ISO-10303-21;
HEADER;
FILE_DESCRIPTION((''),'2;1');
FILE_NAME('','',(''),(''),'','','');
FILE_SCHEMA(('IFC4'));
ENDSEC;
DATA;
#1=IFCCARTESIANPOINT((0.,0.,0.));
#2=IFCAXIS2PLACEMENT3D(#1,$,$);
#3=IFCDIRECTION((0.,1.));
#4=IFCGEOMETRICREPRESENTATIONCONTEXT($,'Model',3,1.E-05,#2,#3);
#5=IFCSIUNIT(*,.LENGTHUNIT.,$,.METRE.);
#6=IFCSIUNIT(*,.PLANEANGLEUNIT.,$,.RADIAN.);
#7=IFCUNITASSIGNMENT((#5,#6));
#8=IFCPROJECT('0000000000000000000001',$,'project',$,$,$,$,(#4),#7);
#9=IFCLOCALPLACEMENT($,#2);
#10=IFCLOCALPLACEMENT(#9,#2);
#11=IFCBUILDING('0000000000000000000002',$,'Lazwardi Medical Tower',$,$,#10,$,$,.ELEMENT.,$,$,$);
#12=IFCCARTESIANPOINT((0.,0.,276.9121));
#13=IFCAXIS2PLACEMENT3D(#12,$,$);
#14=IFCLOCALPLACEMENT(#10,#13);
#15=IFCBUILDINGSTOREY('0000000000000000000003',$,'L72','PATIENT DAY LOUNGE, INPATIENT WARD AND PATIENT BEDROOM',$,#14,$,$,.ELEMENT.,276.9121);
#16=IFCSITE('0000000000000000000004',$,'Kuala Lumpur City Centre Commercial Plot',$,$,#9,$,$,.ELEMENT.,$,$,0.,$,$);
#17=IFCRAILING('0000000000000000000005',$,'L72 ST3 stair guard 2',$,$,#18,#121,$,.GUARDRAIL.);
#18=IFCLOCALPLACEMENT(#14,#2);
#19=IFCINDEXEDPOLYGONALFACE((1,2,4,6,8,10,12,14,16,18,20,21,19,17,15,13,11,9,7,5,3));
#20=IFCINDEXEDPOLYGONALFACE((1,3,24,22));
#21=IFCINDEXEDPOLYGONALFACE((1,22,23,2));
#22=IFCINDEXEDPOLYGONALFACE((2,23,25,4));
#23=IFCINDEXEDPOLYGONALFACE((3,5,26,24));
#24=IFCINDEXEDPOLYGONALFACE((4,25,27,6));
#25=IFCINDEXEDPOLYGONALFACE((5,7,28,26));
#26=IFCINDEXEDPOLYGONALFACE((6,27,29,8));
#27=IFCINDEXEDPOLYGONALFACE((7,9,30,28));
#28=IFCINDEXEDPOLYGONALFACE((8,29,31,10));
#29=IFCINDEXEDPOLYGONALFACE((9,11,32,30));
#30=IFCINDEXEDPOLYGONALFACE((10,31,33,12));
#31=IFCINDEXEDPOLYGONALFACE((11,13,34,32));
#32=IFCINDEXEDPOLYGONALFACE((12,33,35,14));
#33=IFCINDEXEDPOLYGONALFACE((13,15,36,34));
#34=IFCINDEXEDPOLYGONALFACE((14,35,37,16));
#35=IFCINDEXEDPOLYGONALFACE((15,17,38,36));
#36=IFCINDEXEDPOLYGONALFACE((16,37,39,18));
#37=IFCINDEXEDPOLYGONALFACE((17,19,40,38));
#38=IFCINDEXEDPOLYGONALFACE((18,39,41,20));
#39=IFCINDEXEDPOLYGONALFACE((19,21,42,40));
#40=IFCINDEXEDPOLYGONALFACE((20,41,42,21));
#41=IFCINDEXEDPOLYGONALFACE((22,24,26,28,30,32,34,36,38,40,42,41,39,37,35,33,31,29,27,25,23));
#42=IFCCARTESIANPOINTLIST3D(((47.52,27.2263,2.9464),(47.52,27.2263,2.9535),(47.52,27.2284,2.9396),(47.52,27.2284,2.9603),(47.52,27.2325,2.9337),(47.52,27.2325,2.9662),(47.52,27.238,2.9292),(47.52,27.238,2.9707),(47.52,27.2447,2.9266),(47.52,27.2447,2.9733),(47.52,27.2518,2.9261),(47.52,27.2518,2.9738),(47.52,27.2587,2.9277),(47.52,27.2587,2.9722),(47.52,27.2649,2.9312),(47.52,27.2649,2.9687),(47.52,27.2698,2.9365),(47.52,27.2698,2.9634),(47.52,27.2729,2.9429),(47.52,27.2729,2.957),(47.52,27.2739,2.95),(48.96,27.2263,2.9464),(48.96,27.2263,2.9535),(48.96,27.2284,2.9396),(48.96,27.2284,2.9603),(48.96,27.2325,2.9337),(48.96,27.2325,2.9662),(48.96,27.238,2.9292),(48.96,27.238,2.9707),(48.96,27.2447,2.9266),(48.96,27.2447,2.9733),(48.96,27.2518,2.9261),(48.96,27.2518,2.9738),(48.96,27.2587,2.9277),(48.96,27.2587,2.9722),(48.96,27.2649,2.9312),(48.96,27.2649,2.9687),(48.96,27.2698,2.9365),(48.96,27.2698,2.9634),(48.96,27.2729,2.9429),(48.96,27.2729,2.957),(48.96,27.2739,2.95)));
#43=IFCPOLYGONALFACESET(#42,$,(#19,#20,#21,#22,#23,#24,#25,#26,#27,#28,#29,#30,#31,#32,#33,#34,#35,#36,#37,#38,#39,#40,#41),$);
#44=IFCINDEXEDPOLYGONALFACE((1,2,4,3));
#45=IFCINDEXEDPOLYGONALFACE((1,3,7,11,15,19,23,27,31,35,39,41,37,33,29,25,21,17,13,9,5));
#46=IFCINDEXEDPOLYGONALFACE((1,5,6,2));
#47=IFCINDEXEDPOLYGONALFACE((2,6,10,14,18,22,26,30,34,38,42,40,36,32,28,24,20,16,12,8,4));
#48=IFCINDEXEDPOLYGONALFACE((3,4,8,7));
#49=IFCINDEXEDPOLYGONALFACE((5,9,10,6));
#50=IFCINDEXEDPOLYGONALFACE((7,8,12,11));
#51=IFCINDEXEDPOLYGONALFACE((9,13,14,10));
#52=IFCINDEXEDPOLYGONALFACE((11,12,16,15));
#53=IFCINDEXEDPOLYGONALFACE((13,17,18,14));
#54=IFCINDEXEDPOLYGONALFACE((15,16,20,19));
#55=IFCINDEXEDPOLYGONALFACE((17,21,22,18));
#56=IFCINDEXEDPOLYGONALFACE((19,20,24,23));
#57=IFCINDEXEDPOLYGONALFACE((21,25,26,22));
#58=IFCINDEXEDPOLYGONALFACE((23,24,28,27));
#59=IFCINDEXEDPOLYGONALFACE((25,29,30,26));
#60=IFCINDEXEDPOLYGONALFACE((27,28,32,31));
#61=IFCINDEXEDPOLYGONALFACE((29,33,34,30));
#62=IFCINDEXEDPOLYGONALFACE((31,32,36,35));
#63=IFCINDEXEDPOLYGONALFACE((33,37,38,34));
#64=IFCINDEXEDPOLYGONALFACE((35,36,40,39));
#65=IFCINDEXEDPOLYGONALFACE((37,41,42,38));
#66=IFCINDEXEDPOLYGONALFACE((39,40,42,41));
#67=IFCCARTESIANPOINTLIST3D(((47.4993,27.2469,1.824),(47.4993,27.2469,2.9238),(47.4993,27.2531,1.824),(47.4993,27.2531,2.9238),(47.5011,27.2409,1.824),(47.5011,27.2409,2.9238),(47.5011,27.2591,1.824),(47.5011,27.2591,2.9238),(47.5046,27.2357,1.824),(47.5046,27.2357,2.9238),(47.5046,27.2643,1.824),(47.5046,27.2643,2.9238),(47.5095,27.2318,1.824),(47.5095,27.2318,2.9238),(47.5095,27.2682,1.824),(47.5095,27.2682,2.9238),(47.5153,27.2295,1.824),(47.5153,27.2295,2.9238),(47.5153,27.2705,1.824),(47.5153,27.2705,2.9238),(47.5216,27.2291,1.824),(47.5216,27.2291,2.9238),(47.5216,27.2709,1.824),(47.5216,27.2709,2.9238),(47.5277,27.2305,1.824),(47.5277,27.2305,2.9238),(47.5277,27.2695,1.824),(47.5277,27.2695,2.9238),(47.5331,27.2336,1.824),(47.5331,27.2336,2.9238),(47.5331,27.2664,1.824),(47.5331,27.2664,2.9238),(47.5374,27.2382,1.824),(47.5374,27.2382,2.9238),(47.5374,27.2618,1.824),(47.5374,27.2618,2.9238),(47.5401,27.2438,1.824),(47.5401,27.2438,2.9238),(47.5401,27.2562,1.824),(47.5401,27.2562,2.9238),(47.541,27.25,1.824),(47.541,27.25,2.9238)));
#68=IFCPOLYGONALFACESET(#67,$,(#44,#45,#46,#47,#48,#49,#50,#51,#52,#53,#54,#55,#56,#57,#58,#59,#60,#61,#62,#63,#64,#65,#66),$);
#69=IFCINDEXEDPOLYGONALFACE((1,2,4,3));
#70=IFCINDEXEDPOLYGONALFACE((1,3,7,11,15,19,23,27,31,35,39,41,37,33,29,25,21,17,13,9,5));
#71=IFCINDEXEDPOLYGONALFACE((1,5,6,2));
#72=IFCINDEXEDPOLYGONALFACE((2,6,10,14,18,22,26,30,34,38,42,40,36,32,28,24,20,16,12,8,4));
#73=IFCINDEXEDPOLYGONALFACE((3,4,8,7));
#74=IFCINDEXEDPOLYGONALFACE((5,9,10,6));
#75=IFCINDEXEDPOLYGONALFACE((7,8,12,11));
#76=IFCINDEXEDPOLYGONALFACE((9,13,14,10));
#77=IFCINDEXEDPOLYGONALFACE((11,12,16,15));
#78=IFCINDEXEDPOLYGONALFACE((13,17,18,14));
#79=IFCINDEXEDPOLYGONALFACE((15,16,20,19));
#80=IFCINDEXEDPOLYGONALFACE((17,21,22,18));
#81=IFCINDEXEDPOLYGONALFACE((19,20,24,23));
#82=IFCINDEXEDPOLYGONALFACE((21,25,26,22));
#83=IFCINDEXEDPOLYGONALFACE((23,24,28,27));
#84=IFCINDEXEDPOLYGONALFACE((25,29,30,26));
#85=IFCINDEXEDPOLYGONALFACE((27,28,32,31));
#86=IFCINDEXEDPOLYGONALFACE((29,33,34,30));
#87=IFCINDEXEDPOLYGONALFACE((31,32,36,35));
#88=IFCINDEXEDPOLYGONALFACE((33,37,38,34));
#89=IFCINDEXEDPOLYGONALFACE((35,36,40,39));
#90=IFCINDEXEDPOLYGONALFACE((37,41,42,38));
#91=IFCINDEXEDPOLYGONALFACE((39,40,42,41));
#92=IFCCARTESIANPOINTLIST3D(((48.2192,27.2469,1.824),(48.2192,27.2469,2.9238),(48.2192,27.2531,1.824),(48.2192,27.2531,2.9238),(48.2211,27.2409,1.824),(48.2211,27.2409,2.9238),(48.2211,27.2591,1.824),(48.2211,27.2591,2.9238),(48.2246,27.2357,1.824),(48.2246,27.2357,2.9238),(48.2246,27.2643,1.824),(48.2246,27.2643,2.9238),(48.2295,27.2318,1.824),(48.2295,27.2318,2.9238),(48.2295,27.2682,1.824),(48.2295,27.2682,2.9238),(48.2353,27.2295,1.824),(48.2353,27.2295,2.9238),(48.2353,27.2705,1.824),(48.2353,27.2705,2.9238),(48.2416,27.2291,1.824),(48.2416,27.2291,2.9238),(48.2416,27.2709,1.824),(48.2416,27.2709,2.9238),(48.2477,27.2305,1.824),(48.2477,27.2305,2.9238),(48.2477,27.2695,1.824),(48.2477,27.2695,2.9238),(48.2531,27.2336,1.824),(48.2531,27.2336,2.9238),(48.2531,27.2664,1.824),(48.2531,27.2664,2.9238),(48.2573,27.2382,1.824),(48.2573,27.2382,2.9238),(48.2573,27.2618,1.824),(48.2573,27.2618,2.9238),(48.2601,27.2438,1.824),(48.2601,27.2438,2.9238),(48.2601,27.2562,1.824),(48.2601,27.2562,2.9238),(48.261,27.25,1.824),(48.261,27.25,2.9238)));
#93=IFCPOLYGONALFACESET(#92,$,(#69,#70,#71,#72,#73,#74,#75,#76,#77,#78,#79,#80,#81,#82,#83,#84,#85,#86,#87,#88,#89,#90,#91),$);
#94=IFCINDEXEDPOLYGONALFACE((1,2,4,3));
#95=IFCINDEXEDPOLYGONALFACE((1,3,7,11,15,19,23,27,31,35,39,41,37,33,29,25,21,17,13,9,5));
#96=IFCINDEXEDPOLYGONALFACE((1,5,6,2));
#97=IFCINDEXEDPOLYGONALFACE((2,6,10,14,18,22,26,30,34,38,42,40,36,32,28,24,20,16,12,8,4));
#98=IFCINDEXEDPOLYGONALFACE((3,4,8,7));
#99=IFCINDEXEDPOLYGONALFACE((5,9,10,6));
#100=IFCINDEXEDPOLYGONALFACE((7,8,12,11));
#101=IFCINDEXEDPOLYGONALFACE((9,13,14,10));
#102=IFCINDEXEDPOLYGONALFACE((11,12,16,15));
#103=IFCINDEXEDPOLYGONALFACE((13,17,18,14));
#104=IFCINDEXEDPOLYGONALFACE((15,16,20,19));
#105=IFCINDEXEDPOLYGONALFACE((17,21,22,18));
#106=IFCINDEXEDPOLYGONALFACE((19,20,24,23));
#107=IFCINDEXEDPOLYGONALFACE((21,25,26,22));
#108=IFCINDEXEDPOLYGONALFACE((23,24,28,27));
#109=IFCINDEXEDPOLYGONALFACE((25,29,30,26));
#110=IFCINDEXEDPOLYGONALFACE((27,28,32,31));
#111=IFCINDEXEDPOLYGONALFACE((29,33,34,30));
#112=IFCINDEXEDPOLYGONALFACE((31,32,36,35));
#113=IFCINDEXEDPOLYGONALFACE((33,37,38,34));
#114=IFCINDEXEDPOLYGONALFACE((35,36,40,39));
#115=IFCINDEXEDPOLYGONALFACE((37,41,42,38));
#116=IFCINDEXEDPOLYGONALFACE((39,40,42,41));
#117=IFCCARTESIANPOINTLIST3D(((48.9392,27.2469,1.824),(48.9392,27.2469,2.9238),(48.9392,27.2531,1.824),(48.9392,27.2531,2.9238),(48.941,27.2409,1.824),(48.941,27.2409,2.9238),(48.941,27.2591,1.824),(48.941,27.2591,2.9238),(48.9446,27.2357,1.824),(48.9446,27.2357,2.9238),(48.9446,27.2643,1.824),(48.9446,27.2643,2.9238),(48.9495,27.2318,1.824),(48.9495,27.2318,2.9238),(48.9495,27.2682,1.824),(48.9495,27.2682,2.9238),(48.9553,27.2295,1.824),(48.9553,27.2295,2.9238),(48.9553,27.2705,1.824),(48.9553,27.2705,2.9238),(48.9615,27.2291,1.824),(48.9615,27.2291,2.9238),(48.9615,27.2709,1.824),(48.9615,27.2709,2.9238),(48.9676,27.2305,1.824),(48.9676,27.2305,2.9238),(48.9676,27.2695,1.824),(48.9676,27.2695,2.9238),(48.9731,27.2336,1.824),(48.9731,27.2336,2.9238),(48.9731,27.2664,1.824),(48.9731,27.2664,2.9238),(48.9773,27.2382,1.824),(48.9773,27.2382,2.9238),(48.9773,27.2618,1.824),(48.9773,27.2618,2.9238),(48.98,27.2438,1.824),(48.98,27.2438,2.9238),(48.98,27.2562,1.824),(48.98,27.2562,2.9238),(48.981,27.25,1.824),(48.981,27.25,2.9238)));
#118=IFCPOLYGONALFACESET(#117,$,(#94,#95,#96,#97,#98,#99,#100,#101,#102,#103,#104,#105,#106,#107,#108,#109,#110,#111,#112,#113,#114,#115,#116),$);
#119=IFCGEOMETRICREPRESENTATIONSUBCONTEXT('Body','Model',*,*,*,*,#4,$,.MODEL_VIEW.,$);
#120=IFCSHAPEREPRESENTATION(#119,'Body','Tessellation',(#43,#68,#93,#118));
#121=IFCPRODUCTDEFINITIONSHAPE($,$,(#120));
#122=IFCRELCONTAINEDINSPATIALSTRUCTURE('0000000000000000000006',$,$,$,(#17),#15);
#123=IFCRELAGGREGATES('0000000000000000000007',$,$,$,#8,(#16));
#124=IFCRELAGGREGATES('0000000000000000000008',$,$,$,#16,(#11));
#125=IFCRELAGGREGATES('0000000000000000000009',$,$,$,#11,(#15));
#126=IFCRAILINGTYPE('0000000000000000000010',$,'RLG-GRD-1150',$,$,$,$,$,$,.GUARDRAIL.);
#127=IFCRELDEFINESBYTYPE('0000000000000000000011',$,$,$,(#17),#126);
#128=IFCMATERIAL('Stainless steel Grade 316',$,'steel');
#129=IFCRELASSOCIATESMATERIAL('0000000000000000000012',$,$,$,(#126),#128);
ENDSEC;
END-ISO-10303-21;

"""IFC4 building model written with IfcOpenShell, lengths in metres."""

from ifc_helpers import new_model, si_unit, direction, frame, origin, origin_2d, place, context, subcontext, project, spatial, circle, extrude, material, type_object, element, save


model = new_model("IFC4")

# Units and contexts
model_context = context("Model", 3, precision=1e-05, world=origin(), true_north=direction((0.0, 1.0)))
body_context = subcontext(model_context, "Body", "Model", "MODEL_VIEW")
ifc_project = project(units=[si_unit("LENGTHUNIT", "METRE"), si_unit("PLANEANGLEUNIT", "RADIAN")], contexts=[model_context])

# Site, building, storey
site_placement = place(None, origin())
site = spatial("IfcSite", under=ifc_project, at=site_placement, Name="Kuala Lumpur City Centre Commercial Plot", CompositionType="ELEMENT", RefElevation=0.0)
building_placement = place(site_placement, origin())
building = spatial("IfcBuilding", under=site, at=building_placement, Name="Lazwardi Medical Tower", CompositionType="ELEMENT")
storey_placement = place(building_placement, frame((0.0, 0.0, 276.9121)))
storey = spatial("IfcBuildingStorey", under=building, at=storey_placement, Name="L72", Description="PATIENT DAY LOUNGE, INPATIENT WARD AND PATIENT BEDROOM", CompositionType="ELEMENT", Elevation=276.9121)

# Railing
ifc_material_1 = material(Name="Stainless steel Grade 316", Category="steel")
railing_type_1 = type_object("IfcRailingType", Name="RLG-GRD-1150", PredefinedType="GUARDRAIL", material=ifc_material_1)
railing_1_placement = place(storey_placement, frame((47.52, 27.25, 1.824)))
element("IfcRailing", 1, at=railing_1_placement, inside=storey, type_object=railing_type_1, Name="L72 ST3 stair guard 2", PredefinedType="GUARDRAIL", context=body_context, shape_type="SweptSolid", body=[
    extrude(circle(Radius=0.0239, at=origin_2d()), frame((0.0, 0.0, 1.126), z_axis=(1.0, 0.0, 0.0), x_axis=(0.0, 1.0, 0.0)), (0.0, 0.0, 1.0), 1.4399),
    extrude(circle(Radius=0.021, at=origin_2d()), origin(), (0.0, 0.0, 1.0), 1.0999),
    extrude(circle(Radius=0.021, at=origin_2d()), frame((0.72, 0.0, 0.0)), (0.0, 0.0, 1.0), 1.0999),
    extrude(circle(Radius=0.021, at=origin_2d()), frame((1.4399, 0.0, 0.0)), (0.0, 0.0, 1.0), 1.0999),
])

save(model, "model.ifc")
